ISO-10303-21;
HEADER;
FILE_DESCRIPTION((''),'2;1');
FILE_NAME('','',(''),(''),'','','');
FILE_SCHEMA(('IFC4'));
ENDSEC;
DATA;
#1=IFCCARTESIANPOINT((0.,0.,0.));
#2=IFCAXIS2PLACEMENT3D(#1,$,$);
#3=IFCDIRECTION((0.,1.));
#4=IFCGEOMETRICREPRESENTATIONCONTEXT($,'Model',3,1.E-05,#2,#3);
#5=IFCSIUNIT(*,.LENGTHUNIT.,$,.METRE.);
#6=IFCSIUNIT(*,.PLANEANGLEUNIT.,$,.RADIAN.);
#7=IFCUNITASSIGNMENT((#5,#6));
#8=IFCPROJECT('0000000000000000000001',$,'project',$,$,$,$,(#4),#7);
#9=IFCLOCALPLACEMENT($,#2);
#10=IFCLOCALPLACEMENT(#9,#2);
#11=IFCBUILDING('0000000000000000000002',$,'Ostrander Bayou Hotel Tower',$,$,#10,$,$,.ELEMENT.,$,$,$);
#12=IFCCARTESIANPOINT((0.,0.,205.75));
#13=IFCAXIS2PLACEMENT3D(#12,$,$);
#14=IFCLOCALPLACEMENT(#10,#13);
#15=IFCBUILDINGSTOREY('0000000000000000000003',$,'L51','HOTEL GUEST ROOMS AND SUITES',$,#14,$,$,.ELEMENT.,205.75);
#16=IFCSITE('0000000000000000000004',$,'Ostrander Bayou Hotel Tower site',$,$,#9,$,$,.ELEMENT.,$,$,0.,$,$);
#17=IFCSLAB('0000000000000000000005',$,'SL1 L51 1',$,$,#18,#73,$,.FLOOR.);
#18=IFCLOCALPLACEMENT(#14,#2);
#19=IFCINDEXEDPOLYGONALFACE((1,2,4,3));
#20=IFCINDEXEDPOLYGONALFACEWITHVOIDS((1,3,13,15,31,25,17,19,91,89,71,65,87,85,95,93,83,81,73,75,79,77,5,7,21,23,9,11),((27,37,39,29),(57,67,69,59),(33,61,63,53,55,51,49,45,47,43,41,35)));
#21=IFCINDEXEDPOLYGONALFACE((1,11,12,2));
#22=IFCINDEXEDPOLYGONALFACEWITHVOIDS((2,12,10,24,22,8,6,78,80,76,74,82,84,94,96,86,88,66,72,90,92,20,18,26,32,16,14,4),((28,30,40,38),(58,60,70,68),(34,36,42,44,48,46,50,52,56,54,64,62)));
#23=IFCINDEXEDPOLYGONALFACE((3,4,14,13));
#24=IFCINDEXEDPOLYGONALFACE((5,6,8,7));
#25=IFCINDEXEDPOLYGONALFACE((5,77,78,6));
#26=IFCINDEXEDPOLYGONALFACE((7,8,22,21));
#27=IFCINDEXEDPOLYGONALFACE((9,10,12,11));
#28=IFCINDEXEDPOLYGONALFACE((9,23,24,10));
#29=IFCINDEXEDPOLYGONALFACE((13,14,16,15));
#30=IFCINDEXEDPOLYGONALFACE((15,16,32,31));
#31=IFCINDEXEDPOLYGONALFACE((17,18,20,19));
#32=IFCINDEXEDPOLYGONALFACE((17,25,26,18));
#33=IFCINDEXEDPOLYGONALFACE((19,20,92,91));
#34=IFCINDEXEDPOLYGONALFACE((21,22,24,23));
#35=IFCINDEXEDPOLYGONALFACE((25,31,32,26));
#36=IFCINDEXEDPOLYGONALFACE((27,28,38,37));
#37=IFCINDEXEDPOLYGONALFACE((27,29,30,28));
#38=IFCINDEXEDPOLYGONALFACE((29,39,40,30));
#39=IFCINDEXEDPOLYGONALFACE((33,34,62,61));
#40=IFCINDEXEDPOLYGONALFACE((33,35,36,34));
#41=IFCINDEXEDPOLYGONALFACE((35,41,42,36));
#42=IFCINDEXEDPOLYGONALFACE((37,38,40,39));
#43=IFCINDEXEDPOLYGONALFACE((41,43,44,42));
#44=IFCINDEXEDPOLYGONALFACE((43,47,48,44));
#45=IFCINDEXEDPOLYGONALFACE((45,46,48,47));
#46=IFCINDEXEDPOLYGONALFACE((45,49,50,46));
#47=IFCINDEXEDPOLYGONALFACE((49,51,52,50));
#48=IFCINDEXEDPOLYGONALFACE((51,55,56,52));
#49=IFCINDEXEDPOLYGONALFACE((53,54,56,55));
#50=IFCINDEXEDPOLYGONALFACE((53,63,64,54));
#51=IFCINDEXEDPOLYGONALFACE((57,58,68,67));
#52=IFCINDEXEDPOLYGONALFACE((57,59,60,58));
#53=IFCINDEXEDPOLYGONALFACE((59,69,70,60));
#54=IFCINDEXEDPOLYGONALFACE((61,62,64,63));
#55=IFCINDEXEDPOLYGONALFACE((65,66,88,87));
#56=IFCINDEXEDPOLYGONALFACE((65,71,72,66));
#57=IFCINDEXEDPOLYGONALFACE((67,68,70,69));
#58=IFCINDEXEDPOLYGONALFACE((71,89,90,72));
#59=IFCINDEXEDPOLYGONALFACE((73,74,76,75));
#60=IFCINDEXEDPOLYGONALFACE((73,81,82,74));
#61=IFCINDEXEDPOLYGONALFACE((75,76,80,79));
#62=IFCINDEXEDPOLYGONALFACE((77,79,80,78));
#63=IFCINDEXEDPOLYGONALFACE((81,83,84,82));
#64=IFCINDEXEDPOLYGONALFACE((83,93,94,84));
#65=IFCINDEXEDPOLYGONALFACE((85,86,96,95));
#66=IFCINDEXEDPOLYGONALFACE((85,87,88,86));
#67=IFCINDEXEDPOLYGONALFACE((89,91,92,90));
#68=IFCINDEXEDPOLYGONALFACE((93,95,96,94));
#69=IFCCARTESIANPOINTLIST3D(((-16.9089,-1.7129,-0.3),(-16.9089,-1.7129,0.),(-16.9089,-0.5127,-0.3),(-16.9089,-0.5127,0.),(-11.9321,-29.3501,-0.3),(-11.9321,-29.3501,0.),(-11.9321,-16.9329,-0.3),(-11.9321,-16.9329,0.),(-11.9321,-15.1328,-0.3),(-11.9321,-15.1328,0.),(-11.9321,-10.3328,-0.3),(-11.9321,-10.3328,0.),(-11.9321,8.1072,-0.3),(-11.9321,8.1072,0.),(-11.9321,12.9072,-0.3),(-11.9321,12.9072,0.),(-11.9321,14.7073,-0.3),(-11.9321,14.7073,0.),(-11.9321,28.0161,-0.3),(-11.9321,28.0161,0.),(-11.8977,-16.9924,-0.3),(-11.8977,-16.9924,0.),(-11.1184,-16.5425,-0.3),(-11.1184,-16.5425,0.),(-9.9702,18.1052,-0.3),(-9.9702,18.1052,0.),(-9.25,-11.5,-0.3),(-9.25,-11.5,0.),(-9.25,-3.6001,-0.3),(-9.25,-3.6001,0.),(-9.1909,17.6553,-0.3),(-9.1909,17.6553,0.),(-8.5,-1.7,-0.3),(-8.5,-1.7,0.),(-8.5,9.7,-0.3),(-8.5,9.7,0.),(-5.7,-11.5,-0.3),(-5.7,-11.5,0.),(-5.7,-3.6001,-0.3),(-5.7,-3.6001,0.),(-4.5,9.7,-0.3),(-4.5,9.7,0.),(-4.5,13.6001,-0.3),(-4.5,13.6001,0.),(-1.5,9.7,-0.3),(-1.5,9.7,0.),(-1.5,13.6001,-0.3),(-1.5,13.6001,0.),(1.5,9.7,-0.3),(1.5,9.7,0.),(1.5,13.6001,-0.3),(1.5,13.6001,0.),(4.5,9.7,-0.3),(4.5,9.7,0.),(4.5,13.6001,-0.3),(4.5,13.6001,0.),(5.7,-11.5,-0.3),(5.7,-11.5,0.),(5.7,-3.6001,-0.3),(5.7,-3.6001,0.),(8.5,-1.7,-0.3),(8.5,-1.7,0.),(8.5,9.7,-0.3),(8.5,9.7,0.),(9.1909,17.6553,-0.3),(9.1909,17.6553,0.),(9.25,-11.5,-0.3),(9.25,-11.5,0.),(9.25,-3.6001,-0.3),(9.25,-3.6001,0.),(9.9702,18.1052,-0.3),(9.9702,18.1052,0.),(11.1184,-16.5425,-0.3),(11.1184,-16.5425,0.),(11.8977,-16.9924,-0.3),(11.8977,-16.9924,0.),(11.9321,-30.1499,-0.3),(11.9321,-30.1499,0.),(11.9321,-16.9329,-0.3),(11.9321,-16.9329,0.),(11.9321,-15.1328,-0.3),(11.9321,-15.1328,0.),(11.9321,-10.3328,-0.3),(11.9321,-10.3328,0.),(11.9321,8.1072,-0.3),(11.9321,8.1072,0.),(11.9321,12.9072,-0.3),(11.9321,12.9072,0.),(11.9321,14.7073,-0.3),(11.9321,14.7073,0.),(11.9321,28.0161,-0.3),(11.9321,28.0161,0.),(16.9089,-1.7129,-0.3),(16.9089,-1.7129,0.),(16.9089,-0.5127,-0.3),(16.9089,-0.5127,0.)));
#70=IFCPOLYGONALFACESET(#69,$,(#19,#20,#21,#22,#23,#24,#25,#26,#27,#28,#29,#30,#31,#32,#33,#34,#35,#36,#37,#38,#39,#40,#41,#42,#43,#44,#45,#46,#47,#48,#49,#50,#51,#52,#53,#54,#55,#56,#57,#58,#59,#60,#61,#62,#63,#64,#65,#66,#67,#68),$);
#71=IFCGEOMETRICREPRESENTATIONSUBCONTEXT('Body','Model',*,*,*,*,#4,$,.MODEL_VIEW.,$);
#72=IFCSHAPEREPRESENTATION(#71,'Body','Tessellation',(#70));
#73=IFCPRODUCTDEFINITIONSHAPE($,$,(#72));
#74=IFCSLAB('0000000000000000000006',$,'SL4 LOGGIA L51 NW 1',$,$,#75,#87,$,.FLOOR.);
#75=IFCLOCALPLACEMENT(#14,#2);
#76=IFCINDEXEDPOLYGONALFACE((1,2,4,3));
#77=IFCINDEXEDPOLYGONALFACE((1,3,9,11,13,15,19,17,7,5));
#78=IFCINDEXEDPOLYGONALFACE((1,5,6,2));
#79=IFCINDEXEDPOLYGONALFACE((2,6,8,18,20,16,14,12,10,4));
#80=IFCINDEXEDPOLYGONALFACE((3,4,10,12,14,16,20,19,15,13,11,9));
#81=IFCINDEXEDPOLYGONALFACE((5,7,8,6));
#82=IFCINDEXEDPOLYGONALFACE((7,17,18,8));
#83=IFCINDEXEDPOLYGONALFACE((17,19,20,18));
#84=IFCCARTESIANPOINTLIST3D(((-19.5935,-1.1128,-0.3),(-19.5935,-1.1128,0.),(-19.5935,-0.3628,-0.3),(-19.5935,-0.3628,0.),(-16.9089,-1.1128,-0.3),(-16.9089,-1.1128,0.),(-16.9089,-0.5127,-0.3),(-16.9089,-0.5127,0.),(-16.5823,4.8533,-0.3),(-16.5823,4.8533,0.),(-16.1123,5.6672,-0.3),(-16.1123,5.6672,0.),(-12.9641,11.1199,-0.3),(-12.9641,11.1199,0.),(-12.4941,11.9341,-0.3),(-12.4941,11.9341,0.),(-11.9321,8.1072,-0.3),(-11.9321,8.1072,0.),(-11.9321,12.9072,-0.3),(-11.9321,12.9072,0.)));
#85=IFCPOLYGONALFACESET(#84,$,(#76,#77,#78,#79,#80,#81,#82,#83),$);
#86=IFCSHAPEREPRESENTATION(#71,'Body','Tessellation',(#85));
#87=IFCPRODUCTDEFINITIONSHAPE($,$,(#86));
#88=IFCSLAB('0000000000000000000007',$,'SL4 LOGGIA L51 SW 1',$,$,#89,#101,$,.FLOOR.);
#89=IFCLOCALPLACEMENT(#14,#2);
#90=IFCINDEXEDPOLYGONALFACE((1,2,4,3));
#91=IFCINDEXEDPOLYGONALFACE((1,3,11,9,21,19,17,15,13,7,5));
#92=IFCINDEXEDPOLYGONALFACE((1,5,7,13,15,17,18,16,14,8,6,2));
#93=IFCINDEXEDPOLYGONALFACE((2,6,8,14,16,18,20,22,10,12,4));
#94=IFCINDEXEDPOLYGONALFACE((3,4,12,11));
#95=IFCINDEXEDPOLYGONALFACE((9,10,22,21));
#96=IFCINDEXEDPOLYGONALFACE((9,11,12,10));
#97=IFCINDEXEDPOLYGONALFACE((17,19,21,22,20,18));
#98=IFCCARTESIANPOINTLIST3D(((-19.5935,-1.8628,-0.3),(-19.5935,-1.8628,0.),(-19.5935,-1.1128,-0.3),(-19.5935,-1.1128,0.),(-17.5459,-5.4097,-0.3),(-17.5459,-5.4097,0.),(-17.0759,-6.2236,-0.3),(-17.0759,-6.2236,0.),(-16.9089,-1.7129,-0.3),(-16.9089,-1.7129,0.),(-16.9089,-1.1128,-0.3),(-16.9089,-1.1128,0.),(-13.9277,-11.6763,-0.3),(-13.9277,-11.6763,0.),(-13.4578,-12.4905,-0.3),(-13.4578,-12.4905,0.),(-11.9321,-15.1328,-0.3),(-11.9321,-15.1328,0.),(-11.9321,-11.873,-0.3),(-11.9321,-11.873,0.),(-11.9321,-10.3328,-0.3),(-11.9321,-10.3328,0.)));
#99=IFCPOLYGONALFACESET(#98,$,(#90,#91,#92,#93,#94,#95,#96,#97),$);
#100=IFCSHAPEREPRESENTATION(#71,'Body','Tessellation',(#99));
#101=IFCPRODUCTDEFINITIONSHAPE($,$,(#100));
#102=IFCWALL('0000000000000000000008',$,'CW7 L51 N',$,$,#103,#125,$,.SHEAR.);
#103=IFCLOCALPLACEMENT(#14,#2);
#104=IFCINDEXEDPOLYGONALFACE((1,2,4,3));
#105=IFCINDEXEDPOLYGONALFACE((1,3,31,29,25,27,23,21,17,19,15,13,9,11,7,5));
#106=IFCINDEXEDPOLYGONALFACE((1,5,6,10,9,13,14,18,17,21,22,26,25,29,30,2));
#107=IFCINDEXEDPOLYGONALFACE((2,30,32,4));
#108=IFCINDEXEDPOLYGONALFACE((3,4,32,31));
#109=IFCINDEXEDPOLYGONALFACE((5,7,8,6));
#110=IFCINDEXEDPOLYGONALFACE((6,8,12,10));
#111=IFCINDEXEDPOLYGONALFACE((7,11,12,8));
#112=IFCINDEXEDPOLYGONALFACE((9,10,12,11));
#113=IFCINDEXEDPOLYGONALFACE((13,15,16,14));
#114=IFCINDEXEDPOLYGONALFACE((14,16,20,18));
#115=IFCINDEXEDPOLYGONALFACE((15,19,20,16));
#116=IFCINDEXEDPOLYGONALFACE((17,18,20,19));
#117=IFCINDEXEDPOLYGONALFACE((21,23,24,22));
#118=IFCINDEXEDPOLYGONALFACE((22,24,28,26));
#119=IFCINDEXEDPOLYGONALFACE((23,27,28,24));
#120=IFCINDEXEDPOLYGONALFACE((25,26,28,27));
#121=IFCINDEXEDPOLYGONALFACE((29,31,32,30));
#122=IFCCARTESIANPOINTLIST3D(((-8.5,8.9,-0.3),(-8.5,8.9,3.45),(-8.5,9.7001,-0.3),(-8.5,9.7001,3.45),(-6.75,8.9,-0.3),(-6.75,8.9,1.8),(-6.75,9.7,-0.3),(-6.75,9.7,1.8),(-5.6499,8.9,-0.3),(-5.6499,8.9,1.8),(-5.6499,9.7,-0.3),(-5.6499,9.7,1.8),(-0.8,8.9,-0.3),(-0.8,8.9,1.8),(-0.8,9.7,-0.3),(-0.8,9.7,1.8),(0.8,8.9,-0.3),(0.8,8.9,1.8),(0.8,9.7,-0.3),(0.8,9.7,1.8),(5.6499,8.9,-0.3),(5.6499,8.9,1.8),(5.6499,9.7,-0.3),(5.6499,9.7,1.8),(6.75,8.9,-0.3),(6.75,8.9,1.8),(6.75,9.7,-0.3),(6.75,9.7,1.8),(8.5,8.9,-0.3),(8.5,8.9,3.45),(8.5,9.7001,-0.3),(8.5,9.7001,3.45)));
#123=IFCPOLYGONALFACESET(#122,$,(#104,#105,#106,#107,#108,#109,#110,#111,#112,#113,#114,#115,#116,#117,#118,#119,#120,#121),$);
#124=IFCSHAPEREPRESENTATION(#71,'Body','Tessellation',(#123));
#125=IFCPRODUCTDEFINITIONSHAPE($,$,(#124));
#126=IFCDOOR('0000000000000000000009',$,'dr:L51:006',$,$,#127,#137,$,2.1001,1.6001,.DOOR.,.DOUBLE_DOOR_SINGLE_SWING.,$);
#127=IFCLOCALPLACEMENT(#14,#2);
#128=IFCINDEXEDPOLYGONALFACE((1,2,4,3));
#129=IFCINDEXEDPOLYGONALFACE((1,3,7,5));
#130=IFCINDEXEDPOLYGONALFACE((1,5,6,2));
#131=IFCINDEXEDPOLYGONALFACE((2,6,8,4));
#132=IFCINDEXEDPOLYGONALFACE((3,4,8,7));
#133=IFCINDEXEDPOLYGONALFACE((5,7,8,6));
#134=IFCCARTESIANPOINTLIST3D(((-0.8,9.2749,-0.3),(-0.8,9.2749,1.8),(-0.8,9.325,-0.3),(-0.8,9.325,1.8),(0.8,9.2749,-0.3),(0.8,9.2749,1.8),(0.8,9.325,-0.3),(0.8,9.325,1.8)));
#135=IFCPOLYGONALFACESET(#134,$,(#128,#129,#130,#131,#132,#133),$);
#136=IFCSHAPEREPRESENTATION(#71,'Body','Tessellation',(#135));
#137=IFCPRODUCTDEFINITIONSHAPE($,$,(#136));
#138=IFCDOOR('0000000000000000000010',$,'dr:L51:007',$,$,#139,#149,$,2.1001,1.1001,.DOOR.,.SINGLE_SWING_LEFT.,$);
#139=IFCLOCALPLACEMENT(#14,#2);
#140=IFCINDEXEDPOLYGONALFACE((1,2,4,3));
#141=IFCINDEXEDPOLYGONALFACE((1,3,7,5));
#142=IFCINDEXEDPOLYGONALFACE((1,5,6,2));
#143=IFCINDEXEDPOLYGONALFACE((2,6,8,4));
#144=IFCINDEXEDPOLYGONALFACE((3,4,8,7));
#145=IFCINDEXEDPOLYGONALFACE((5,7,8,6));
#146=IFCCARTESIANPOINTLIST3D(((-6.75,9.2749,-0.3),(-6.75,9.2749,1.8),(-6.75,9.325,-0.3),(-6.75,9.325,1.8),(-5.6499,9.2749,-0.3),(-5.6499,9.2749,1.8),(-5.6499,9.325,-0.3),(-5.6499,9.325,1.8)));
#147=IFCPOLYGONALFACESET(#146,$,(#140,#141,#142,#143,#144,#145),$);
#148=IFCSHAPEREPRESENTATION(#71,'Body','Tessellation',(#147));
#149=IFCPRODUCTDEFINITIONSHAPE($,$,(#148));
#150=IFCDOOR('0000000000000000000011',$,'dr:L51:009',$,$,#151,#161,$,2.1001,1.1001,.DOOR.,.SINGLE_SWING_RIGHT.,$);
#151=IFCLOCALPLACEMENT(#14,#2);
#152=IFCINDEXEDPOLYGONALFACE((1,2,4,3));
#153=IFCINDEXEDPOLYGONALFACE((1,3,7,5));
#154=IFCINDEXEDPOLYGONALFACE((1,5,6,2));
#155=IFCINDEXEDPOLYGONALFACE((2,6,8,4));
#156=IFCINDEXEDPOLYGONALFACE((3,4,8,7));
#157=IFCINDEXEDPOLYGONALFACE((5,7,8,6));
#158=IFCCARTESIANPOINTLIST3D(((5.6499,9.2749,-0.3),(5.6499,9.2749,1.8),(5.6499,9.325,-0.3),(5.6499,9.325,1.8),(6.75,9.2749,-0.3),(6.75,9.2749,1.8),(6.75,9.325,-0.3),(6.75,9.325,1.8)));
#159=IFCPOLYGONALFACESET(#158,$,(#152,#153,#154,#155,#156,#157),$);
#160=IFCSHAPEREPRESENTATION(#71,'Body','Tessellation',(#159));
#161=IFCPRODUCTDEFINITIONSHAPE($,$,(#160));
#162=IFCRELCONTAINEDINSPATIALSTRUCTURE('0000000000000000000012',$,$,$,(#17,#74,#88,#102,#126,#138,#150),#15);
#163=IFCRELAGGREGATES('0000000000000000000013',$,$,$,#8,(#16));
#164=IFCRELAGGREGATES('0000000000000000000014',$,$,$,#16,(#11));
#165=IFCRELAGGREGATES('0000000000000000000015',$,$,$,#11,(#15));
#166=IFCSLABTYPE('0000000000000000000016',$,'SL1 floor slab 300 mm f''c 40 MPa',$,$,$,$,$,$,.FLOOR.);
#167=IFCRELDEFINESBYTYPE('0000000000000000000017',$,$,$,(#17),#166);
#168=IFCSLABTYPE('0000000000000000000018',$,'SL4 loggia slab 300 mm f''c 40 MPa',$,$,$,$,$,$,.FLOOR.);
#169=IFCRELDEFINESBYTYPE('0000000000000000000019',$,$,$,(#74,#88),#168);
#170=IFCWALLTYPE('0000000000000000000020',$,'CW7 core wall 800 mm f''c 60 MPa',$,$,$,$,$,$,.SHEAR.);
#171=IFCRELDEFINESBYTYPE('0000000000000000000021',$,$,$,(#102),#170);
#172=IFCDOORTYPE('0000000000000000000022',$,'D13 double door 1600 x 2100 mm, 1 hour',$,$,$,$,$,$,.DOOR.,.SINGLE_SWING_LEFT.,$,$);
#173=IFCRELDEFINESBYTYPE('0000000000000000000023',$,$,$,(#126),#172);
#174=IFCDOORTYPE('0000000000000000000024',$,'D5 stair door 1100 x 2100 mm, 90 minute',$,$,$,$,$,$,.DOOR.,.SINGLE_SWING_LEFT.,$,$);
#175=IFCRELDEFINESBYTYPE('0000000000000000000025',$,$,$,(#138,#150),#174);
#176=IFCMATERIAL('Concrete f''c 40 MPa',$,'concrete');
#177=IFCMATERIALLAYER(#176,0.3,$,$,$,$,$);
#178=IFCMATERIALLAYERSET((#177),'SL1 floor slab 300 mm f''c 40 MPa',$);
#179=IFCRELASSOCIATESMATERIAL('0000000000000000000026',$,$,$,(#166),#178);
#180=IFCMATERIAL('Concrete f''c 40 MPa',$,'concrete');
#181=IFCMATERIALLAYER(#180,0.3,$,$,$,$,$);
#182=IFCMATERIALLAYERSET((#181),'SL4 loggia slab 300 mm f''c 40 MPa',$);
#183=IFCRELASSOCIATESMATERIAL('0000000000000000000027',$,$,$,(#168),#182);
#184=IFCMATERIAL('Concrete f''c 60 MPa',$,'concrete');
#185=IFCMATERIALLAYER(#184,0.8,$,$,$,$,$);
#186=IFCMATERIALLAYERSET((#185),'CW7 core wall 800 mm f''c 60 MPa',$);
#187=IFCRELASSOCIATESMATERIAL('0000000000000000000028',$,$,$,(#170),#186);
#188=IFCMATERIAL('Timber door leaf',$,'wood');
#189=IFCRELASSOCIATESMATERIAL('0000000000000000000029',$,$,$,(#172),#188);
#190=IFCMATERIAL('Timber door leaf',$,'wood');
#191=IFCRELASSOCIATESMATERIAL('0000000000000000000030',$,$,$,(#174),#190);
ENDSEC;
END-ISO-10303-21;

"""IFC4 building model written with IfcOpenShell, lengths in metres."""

from ifc_helpers import new_model, si_unit, direction, frame, frame_2d, origin, place, context, subcontext, project, spatial, polyline, rectangle, outline, extrude, material, layer, layer_set, type_object, element, fill, save


model = new_model("IFC4")

# Units and contexts
model_context = context("Model", 3, precision=1e-05, world=origin(), true_north=direction((0.0, 1.0)))
body_context = subcontext(model_context, "Body", "Model", "MODEL_VIEW")
ifc_project = project(units=[si_unit("LENGTHUNIT", "METRE"), si_unit("PLANEANGLEUNIT", "RADIAN")], contexts=[model_context])

# Site, building, storey
site_placement = place(None, origin())
site = spatial("IfcSite", under=ifc_project, at=site_placement, Name="Ostrander Bayou Hotel Tower site", CompositionType="ELEMENT", RefElevation=0.0)
building_placement = place(site_placement, origin())
building = spatial("IfcBuilding", under=site, at=building_placement, Name="Ostrander Bayou Hotel Tower", CompositionType="ELEMENT")
storey_placement = place(building_placement, frame((0.0, 0.0, 205.75)))
storey = spatial("IfcBuildingStorey", under=building, at=storey_placement, Name="L51", Description="HOTEL GUEST ROOMS AND SUITES", CompositionType="ELEMENT", Elevation=205.75)

# Slabs
ifc_material_1 = material(Name="Concrete f'c 40 MPa", Category="concrete")
ifc_layer_1 = layer(ifc_material_1, 0.3)
ifc_layer_set_1 = layer_set([ifc_layer_1], Name="SL1 floor slab 300 mm f'c 40 MPa")
slab_type_1 = type_object("IfcSlabType", Name="SL1 floor slab 300 mm f'c 40 MPa", PredefinedType="FLOOR", material=ifc_layer_set_1)
slab_1_placement = place(storey_placement, frame((0.0, 0.0, -0.3)))
element("IfcSlab", 1, at=slab_1_placement, inside=storey, type_object=slab_type_1, Name="SL1 L51 1", PredefinedType="FLOOR", context=body_context, shape_type="SweptSolid", body=[
    extrude(outline(polyline([(-11.8977, -16.9924), (-11.1184, -16.5425), (-11.9321, -15.1328), (-11.9321, -10.3328), (-16.9089, -1.7129), (-16.9089, -0.5127), (-11.9321, 8.1072), (-11.9321, 12.9072), (-9.1909, 17.6553), (-9.9702, 18.1052), (-11.9321, 14.7073), (-11.9321, 28.0161), (11.9321, 28.0161), (11.9321, 14.7073), (9.9702, 18.1052), (9.1909, 17.6553), (11.9321, 12.9072), (11.9321, 8.1072), (16.9089, -0.5127), (16.9089, -1.7129), (11.9321, -10.3328), (11.9321, -15.1328), (11.1184, -16.5425), (11.8977, -16.9924), (11.9321, -16.9329), (11.9321, -30.1499), (-11.9321, -29.3501), (-11.9321, -16.9329), (-11.8977, -16.9924)]), holes=[polyline([(9.25, -3.6001), (5.7, -3.6001), (5.7, -11.5), (9.25, -11.5), (9.25, -3.6001)]), polyline([(-8.5, -1.7), (8.5, -1.7), (8.5, 9.7), (4.5, 9.7), (4.5, 13.6001), (1.5, 13.6001), (1.5, 9.7), (-1.5, 9.7), (-1.5, 13.6001), (-4.5, 13.6001), (-4.5, 9.7), (-8.5, 9.7), (-8.5, -1.7)]), polyline([(-5.7, -3.6001), (-9.25, -3.6001), (-9.25, -11.5), (-5.7, -11.5), (-5.7, -3.6001)])]), origin(), (0.0, 0.0, 1.0), 0.3),
])
ifc_material_2 = material(Name="Concrete f'c 40 MPa", Category="concrete")
ifc_layer_2 = layer(ifc_material_2, 0.3)
ifc_layer_set_2 = layer_set([ifc_layer_2], Name="SL4 loggia slab 300 mm f'c 40 MPa")
slab_type_2 = type_object("IfcSlabType", Name="SL4 loggia slab 300 mm f'c 40 MPa", PredefinedType="FLOOR", material=ifc_layer_set_2)
slab_2_placement = place(storey_placement, frame((0.0, 0.0, -0.3)))
element("IfcSlab", 2, at=slab_2_placement, inside=storey, type_object=slab_type_2, Name="SL4 LOGGIA L51 NW 1", PredefinedType="FLOOR", context=body_context, shape_type="SweptSolid", body=[
    extrude(outline(polyline([(-11.9321, 12.9072), (-11.9321, 8.1072), (-16.9089, -0.5127), (-16.9089, -1.1128), (-19.5935, -1.1128), (-19.5935, -0.3628), (-16.5823, 4.8533), (-16.1123, 5.6672), (-12.9641, 11.1199), (-12.4941, 11.9341), (-11.9321, 12.9072)])), origin(), (0.0, 0.0, 1.0), 0.3),
])
slab_3_placement = place(storey_placement, frame((0.0, 0.0, -0.3)))
element("IfcSlab", 3, at=slab_3_placement, inside=storey, type_object=slab_type_2, Name="SL4 LOGGIA L51 SW 1", PredefinedType="FLOOR", context=body_context, shape_type="SweptSolid", body=[
    extrude(outline(polyline([(-11.9321, -11.873), (-11.9321, -15.1328), (-13.4578, -12.4905), (-13.9277, -11.6763), (-17.0759, -6.2236), (-17.5459, -5.4097), (-19.5935, -1.8628), (-19.5935, -1.1128), (-16.9089, -1.1128), (-16.9089, -1.7129), (-11.9321, -10.3328), (-11.9321, -11.873)])), origin(), (0.0, 0.0, 1.0), 0.3),
])

# Wall, openings, doors
ifc_material_3 = material(Name="Concrete f'c 60 MPa", Category="concrete")
ifc_layer_3 = layer(ifc_material_3, 0.8)
ifc_layer_set_3 = layer_set([ifc_layer_3], Name="CW7 core wall 800 mm f'c 60 MPa")
wall_type_1 = type_object("IfcWallType", Name="CW7 core wall 800 mm f'c 60 MPa", PredefinedType="SHEAR", material=ifc_layer_set_3)
wall_1_placement = place(storey_placement, frame((-8.5, 9.3, -0.3), z_axis=(0.0, 0.0, 1.0), x_axis=(1.0, 0.0, 0.0)))
wall_1 = element("IfcWall", 4, at=wall_1_placement, inside=storey, type_object=wall_type_1, Name="CW7 L51 N", PredefinedType="SHEAR", context=body_context, shape_type="SweptSolid", body=[
    extrude(rectangle(XDim=17.0, YDim=0.8, at=frame_2d((8.5, 0.0))), origin(), (0.0, 0.0, 1.0), 3.75),
])
opening_1_placement = place(wall_1_placement, frame((7.7, 0.0, 0.0)))
opening_1 = element("IfcOpeningElement", 5, at=opening_1_placement, cuts=wall_1, PredefinedType="OPENING", context=body_context, shape_type="SweptSolid", body=[
    extrude(rectangle(XDim=1.6001, YDim=2.1001, at=frame_2d((0.8, 1.05))), frame((0.0, 0.3999, 0.0), z_axis=(0.0, -1.0, 0.0), x_axis=(1.0, 0.0, 0.0)), (0.0, 0.0, 1.0), 0.8),
])
opening_2_placement = place(wall_1_placement, frame((1.75, 0.0, 0.0)))
opening_2 = element("IfcOpeningElement", 6, at=opening_2_placement, cuts=wall_1, PredefinedType="OPENING", context=body_context, shape_type="SweptSolid", body=[
    extrude(rectangle(XDim=1.1001, YDim=2.1001, at=frame_2d((0.55, 1.05))), frame((0.0, 0.3999, 0.0), z_axis=(0.0, -1.0, 0.0), x_axis=(1.0, 0.0, 0.0)), (0.0, 0.0, 1.0), 0.8),
])
opening_3_placement = place(wall_1_placement, frame((14.1499, 0.0, 0.0)))
opening_3 = element("IfcOpeningElement", 7, at=opening_3_placement, cuts=wall_1, PredefinedType="OPENING", context=body_context, shape_type="SweptSolid", body=[
    extrude(rectangle(XDim=1.1001, YDim=2.1001, at=frame_2d((0.55, 1.05))), frame((0.0, 0.3999, 0.0), z_axis=(0.0, -1.0, 0.0), x_axis=(1.0, 0.0, 0.0)), (0.0, 0.0, 1.0), 0.8),
])
ifc_material_4 = material(Name="Timber door leaf", Category="wood")
door_type_1 = type_object("IfcDoorType", Name="D13 double door 1600 x 2100 mm, 1 hour", OperationType="SINGLE_SWING_LEFT", PredefinedType="DOOR", material=ifc_material_4)
door_1_placement = place(opening_1_placement, origin())
door_1 = element("IfcDoor", 8, at=door_1_placement, inside=storey, type_object=door_type_1, Name="dr:L51:006", OperationType="DOUBLE_DOOR_SINGLE_SWING", OverallHeight=2.1001, OverallWidth=1.6001, PredefinedType="DOOR", context=body_context, shape_type="SweptSolid", body=[
    extrude(rectangle(XDim=1.6001, YDim=2.1001, at=frame_2d((0.8, 1.05))), frame((0.0, 0.0249, 0.0), z_axis=(0.0, -1.0, 0.0), x_axis=(1.0, 0.0, 0.0)), (0.0, 0.0, 1.0), 0.05),
])
fill(opening_1, door_1)
ifc_material_5 = material(Name="Timber door leaf", Category="wood")
door_type_2 = type_object("IfcDoorType", Name="D5 stair door 1100 x 2100 mm, 90 minute", OperationType="SINGLE_SWING_LEFT", PredefinedType="DOOR", material=ifc_material_5)
door_2_placement = place(opening_2_placement, origin())
door_2 = element("IfcDoor", 9, at=door_2_placement, inside=storey, type_object=door_type_2, Name="dr:L51:007", OperationType="SINGLE_SWING_LEFT", OverallHeight=2.1001, OverallWidth=1.1001, PredefinedType="DOOR", context=body_context, shape_type="SweptSolid", body=[
    extrude(rectangle(XDim=1.1001, YDim=2.1001, at=frame_2d((0.55, 1.05))), frame((0.0, 0.0249, 0.0), z_axis=(0.0, -1.0, 0.0), x_axis=(1.0, 0.0, 0.0)), (0.0, 0.0, 1.0), 0.05),
])
fill(opening_2, door_2)
door_3_placement = place(opening_3_placement, origin())
door_3 = element("IfcDoor", 10, at=door_3_placement, inside=storey, type_object=door_type_2, Name="dr:L51:009", OperationType="SINGLE_SWING_RIGHT", OverallHeight=2.1001, OverallWidth=1.1001, PredefinedType="DOOR", context=body_context, shape_type="SweptSolid", body=[
    extrude(rectangle(XDim=1.1001, YDim=2.1001, at=frame_2d((0.55, 1.05))), frame((0.0, 0.0249, 0.0), z_axis=(0.0, -1.0, 0.0), x_axis=(1.0, 0.0, 0.0)), (0.0, 0.0, 1.0), 0.05),
])
fill(opening_3, door_3)

save(model, "model.ifc")
